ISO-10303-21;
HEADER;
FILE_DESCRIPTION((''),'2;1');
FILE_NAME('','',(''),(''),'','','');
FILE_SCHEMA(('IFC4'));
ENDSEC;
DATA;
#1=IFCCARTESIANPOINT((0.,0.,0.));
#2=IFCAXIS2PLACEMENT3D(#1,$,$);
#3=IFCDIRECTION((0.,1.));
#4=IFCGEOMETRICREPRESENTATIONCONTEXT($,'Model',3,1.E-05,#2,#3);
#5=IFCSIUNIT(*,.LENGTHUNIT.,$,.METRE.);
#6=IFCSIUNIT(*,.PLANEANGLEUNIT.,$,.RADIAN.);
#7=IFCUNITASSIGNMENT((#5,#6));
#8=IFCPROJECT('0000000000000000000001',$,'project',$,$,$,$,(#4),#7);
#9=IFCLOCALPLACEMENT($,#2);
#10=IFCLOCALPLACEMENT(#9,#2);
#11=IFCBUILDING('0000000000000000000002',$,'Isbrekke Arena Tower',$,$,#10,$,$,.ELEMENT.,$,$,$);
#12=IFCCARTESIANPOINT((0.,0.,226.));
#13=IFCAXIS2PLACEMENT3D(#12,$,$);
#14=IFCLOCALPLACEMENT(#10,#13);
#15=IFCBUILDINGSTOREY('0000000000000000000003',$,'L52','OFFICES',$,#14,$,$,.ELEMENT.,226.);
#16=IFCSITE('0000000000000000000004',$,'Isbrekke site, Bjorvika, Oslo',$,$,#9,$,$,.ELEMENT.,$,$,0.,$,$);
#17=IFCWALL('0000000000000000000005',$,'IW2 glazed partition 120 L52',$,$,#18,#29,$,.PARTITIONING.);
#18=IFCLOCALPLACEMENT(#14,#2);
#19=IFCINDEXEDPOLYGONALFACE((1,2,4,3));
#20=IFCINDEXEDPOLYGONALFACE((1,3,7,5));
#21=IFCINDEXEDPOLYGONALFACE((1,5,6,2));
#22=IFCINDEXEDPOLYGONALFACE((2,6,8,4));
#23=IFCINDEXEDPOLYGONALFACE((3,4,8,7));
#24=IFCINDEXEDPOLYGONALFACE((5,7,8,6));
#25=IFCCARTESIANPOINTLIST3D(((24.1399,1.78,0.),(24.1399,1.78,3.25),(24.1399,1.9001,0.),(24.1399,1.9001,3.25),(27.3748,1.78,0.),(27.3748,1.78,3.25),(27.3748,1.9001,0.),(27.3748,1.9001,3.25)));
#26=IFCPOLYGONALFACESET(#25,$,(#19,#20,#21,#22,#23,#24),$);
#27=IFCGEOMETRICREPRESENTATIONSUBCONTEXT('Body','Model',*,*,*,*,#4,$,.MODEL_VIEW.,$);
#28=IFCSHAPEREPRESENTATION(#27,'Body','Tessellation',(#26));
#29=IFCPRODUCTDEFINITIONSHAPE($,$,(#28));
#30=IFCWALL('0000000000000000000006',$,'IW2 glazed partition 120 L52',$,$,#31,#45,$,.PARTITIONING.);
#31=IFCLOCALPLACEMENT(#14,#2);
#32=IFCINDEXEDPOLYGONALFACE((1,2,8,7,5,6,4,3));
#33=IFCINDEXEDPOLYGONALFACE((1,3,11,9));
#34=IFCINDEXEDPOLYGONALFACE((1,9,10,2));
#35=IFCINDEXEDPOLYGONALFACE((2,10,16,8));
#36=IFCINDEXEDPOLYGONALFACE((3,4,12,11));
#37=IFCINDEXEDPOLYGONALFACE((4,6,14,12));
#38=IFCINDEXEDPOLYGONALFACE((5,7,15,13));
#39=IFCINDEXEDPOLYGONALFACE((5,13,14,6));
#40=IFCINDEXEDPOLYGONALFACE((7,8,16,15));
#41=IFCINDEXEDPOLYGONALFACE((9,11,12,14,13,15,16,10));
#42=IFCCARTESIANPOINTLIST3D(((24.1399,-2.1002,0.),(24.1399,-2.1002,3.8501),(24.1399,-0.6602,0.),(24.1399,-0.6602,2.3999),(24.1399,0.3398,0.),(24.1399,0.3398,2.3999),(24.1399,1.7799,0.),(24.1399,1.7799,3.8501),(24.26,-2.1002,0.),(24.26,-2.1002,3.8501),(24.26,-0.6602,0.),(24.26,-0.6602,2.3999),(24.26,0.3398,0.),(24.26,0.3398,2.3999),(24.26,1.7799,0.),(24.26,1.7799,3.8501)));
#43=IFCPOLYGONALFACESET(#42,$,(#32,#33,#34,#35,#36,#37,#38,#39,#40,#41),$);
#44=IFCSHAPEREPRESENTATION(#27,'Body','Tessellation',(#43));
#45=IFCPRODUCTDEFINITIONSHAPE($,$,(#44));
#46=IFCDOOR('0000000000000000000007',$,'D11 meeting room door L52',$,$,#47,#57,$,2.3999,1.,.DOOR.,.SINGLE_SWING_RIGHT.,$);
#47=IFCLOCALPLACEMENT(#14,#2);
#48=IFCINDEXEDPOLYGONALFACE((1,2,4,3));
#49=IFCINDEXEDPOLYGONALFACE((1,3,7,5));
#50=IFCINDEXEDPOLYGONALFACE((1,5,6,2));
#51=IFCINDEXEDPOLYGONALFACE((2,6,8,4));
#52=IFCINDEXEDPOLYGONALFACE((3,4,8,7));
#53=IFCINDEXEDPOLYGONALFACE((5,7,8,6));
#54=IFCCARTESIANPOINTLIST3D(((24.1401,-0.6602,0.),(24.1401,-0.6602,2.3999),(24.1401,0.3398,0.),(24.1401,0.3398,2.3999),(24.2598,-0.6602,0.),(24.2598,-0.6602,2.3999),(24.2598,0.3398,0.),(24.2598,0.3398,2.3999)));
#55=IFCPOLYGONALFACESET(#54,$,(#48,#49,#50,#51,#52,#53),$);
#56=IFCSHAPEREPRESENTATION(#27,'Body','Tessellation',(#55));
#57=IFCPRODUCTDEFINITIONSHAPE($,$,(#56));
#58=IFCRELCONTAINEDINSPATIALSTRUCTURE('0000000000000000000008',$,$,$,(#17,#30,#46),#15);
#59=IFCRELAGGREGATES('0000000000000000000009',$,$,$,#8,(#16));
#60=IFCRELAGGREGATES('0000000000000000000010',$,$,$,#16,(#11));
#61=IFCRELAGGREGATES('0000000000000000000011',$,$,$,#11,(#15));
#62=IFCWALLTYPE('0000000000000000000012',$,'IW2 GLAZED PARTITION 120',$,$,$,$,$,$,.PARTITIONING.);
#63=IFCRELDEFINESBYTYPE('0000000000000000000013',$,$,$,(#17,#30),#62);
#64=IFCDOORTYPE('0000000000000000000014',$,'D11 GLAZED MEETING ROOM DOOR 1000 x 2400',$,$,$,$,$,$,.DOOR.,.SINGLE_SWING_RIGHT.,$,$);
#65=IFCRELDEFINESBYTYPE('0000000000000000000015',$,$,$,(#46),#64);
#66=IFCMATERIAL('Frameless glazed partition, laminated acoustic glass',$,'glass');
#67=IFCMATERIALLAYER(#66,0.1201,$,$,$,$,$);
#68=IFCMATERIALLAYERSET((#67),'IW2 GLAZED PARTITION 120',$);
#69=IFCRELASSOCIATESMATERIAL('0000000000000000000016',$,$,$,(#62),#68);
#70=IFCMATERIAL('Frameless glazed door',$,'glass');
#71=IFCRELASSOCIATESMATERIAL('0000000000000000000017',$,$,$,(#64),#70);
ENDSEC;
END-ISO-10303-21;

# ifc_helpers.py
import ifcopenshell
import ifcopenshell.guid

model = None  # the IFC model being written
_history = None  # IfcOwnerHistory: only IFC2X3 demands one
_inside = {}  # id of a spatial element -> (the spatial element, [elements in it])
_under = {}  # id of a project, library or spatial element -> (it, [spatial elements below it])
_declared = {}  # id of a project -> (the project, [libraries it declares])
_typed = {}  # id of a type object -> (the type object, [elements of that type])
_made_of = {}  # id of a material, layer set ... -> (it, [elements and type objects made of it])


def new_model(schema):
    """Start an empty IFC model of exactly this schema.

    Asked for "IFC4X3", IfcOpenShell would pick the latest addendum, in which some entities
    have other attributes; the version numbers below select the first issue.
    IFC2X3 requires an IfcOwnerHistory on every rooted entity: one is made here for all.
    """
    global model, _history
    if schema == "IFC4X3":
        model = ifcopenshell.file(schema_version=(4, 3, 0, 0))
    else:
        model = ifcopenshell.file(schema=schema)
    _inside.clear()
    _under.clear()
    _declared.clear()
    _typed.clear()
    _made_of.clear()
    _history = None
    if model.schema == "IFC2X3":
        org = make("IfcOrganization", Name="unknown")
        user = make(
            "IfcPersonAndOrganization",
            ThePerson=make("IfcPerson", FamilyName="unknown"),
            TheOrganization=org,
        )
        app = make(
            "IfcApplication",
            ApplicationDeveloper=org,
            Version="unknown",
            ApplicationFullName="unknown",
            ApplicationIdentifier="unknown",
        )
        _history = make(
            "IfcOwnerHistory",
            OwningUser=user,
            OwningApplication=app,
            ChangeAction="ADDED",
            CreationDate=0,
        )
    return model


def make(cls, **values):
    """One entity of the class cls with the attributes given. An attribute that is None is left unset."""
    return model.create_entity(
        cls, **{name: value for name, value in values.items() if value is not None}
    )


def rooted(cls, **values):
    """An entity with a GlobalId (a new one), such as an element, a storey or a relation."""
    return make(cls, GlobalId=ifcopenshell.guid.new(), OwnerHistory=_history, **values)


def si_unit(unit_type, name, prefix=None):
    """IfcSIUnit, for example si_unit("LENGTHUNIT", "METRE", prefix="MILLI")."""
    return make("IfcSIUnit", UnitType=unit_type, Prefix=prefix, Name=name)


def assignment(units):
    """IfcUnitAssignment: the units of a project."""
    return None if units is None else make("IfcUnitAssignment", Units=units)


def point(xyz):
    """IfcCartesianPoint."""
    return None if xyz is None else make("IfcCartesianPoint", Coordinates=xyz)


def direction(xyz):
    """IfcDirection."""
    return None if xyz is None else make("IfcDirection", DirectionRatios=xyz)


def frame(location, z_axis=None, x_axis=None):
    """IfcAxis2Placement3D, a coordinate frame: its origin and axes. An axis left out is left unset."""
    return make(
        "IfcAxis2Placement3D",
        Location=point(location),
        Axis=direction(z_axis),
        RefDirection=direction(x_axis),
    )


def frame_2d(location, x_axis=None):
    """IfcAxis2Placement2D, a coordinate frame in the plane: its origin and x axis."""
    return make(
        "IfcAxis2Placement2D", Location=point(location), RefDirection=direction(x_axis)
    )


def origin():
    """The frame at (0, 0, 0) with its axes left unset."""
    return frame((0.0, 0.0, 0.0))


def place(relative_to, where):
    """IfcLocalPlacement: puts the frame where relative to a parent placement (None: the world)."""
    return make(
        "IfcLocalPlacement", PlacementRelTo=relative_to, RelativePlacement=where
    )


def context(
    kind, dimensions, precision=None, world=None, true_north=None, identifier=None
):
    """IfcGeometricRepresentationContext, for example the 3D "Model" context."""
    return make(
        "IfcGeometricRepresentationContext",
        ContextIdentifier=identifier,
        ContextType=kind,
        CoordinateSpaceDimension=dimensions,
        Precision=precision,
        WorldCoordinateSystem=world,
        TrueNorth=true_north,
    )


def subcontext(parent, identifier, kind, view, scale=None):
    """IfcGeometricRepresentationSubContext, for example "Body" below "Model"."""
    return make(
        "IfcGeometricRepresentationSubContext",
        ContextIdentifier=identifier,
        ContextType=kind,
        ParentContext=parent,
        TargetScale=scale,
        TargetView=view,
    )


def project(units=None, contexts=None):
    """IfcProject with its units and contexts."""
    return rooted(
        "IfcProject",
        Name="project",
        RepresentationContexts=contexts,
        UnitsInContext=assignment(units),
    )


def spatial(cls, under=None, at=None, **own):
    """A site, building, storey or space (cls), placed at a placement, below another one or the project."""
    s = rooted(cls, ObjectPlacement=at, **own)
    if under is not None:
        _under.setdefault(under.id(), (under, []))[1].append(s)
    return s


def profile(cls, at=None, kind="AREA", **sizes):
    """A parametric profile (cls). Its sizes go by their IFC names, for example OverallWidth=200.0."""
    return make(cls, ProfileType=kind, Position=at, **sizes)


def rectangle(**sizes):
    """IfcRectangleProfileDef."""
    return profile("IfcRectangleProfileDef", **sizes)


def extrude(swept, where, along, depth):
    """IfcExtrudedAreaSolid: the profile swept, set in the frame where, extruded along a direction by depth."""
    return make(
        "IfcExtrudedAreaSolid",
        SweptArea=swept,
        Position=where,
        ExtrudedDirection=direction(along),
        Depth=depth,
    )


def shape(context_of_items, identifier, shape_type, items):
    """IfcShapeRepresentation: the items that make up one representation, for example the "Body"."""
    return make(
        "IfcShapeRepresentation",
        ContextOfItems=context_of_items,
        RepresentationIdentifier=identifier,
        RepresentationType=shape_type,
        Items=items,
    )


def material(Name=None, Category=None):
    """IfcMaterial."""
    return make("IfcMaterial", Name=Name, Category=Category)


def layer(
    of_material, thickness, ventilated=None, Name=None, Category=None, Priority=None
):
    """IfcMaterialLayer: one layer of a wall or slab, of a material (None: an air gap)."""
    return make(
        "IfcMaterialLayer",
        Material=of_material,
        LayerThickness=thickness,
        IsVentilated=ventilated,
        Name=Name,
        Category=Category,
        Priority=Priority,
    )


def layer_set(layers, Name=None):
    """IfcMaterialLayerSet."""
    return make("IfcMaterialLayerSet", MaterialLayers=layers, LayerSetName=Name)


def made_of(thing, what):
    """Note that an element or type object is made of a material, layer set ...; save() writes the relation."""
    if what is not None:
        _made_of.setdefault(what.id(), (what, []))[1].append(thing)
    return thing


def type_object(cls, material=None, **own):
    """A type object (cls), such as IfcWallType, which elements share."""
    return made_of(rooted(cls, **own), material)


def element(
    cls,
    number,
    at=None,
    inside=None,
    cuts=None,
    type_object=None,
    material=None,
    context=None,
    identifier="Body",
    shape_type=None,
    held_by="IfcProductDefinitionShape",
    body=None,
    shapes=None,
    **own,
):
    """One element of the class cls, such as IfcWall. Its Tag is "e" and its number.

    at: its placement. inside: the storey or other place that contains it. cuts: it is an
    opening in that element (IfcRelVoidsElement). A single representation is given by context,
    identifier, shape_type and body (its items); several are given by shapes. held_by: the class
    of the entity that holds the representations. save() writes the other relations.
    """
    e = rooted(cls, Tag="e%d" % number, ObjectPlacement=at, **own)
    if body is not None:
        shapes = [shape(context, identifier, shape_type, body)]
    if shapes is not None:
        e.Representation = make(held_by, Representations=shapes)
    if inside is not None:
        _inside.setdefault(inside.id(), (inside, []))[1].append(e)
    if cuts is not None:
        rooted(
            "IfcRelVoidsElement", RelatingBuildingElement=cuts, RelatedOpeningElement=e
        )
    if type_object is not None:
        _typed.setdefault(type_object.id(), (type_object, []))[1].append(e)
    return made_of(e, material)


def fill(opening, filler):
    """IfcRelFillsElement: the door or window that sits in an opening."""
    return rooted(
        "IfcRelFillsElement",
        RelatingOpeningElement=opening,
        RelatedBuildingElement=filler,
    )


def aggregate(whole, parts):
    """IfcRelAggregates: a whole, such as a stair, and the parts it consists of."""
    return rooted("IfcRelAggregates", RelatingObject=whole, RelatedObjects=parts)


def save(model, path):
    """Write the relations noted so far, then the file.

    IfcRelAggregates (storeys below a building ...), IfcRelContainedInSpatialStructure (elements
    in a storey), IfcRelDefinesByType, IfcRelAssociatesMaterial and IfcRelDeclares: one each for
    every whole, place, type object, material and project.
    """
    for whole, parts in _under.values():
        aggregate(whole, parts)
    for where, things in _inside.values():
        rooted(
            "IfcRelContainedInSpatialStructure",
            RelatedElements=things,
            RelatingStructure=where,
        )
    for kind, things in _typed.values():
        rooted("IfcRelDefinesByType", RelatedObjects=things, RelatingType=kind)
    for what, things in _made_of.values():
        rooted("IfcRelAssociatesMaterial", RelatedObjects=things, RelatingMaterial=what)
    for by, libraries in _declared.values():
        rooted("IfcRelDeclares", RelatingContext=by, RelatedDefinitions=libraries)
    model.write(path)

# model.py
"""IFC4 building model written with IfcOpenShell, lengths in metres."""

from ifc_helpers import new_model, si_unit, direction, frame, frame_2d, origin, place, context, subcontext, project, spatial, rectangle, extrude, material, layer, layer_set, type_object, element, fill, save


model = new_model("IFC4")

# Units and contexts
model_context = context("Model", 3, precision=1e-05, world=origin(), true_north=direction((0.0, 1.0)))
body_context = subcontext(model_context, "Body", "Model", "MODEL_VIEW")
ifc_project = project(units=[si_unit("LENGTHUNIT", "METRE"), si_unit("PLANEANGLEUNIT", "RADIAN")], contexts=[model_context])

# Site, building, storey
site_placement = place(None, origin())
site = spatial("IfcSite", under=ifc_project, at=site_placement, Name="Isbrekke site, Bjorvika, Oslo", CompositionType="ELEMENT", RefElevation=0.0)
building_placement = place(site_placement, origin())
building = spatial("IfcBuilding", under=site, at=building_placement, Name="Isbrekke Arena Tower", CompositionType="ELEMENT")
storey_placement = place(building_placement, frame((0.0, 0.0, 226.0)))
storey = spatial("IfcBuildingStorey", under=building, at=storey_placement, Name="L52", Description="OFFICES", CompositionType="ELEMENT", Elevation=226.0)

# Wall
ifc_material_1 = material(Name="Frameless glazed partition, laminated acoustic glass", Category="glass")
ifc_layer_1 = layer(ifc_material_1, 0.1201)
ifc_layer_set_1 = layer_set([ifc_layer_1], Name="IW2 GLAZED PARTITION 120")
wall_type = type_object("IfcWallType", Name="IW2 GLAZED PARTITION 120", PredefinedType="PARTITIONING", material=ifc_layer_set_1)
wall_1_placement = place(storey_placement, frame((24.1399, 1.8401, 0.0), z_axis=(0.0, 0.0, 1.0), x_axis=(1.0, 0.0, 0.0)))
element("IfcWall", 1, at=wall_1_placement, inside=storey, type_object=wall_type, Name="IW2 glazed partition 120 L52", PredefinedType="PARTITIONING", context=body_context, shape_type="SweptSolid", body=[
    extrude(rectangle(XDim=3.2349, YDim=0.1201, at=frame_2d((1.6174, 0.0))), origin(), (0.0, 0.0, 1.0), 3.25),
])

# Wall, opening, door
wall_2_placement = place(storey_placement, frame((24.2, -2.1001, 0.0), z_axis=(0.0, 0.0, 1.0), x_axis=(0.0, 1.0, 0.0)))
wall_2 = element("IfcWall", 2, at=wall_2_placement, inside=storey, type_object=wall_type, Name="IW2 glazed partition 120 L52", PredefinedType="PARTITIONING", context=body_context, shape_type="SweptSolid", body=[
    extrude(rectangle(XDim=3.8801, YDim=0.1201, at=frame_2d((1.9399, 0.0))), origin(), (0.0, 0.0, 1.0), 3.8501),
])
opening_placement = place(wall_2_placement, frame((1.4399, 0.0, 0.0)))
opening = element("IfcOpeningElement", 3, at=opening_placement, cuts=wall_2, PredefinedType="OPENING", context=body_context, shape_type="SweptSolid", body=[
    extrude(rectangle(XDim=1.0, YDim=2.3999, at=frame_2d((0.5, 1.2))), frame((0.0, 0.075, 0.0), z_axis=(0.0, -1.0, 0.0), x_axis=(1.0, 0.0, 0.0)), (0.0, 0.0, 1.0), 0.1499),
])
ifc_material_2 = material(Name="Frameless glazed door", Category="glass")
door_type = type_object("IfcDoorType", Name="D11 GLAZED MEETING ROOM DOOR 1000 x 2400", OperationType="SINGLE_SWING_RIGHT", PredefinedType="DOOR", material=ifc_material_2)
door_placement = place(opening_placement, origin())
door = element("IfcDoor", 4, at=door_placement, inside=storey, type_object=door_type, Name="D11 meeting room door L52", OperationType="SINGLE_SWING_RIGHT", OverallHeight=2.3999, OverallWidth=1.0, PredefinedType="DOOR", context=body_context, shape_type="SweptSolid", body=[
    extrude(rectangle(XDim=1.0, YDim=2.3999, at=frame_2d((0.5, 1.2))), frame((0.0, 0.0598, 0.0), z_axis=(0.0, -1.0, 0.0), x_axis=(1.0, 0.0, 0.0)), (0.0, 0.0, 1.0), 0.1196),
])
fill(opening, door)

save(model, "model.ifc")
